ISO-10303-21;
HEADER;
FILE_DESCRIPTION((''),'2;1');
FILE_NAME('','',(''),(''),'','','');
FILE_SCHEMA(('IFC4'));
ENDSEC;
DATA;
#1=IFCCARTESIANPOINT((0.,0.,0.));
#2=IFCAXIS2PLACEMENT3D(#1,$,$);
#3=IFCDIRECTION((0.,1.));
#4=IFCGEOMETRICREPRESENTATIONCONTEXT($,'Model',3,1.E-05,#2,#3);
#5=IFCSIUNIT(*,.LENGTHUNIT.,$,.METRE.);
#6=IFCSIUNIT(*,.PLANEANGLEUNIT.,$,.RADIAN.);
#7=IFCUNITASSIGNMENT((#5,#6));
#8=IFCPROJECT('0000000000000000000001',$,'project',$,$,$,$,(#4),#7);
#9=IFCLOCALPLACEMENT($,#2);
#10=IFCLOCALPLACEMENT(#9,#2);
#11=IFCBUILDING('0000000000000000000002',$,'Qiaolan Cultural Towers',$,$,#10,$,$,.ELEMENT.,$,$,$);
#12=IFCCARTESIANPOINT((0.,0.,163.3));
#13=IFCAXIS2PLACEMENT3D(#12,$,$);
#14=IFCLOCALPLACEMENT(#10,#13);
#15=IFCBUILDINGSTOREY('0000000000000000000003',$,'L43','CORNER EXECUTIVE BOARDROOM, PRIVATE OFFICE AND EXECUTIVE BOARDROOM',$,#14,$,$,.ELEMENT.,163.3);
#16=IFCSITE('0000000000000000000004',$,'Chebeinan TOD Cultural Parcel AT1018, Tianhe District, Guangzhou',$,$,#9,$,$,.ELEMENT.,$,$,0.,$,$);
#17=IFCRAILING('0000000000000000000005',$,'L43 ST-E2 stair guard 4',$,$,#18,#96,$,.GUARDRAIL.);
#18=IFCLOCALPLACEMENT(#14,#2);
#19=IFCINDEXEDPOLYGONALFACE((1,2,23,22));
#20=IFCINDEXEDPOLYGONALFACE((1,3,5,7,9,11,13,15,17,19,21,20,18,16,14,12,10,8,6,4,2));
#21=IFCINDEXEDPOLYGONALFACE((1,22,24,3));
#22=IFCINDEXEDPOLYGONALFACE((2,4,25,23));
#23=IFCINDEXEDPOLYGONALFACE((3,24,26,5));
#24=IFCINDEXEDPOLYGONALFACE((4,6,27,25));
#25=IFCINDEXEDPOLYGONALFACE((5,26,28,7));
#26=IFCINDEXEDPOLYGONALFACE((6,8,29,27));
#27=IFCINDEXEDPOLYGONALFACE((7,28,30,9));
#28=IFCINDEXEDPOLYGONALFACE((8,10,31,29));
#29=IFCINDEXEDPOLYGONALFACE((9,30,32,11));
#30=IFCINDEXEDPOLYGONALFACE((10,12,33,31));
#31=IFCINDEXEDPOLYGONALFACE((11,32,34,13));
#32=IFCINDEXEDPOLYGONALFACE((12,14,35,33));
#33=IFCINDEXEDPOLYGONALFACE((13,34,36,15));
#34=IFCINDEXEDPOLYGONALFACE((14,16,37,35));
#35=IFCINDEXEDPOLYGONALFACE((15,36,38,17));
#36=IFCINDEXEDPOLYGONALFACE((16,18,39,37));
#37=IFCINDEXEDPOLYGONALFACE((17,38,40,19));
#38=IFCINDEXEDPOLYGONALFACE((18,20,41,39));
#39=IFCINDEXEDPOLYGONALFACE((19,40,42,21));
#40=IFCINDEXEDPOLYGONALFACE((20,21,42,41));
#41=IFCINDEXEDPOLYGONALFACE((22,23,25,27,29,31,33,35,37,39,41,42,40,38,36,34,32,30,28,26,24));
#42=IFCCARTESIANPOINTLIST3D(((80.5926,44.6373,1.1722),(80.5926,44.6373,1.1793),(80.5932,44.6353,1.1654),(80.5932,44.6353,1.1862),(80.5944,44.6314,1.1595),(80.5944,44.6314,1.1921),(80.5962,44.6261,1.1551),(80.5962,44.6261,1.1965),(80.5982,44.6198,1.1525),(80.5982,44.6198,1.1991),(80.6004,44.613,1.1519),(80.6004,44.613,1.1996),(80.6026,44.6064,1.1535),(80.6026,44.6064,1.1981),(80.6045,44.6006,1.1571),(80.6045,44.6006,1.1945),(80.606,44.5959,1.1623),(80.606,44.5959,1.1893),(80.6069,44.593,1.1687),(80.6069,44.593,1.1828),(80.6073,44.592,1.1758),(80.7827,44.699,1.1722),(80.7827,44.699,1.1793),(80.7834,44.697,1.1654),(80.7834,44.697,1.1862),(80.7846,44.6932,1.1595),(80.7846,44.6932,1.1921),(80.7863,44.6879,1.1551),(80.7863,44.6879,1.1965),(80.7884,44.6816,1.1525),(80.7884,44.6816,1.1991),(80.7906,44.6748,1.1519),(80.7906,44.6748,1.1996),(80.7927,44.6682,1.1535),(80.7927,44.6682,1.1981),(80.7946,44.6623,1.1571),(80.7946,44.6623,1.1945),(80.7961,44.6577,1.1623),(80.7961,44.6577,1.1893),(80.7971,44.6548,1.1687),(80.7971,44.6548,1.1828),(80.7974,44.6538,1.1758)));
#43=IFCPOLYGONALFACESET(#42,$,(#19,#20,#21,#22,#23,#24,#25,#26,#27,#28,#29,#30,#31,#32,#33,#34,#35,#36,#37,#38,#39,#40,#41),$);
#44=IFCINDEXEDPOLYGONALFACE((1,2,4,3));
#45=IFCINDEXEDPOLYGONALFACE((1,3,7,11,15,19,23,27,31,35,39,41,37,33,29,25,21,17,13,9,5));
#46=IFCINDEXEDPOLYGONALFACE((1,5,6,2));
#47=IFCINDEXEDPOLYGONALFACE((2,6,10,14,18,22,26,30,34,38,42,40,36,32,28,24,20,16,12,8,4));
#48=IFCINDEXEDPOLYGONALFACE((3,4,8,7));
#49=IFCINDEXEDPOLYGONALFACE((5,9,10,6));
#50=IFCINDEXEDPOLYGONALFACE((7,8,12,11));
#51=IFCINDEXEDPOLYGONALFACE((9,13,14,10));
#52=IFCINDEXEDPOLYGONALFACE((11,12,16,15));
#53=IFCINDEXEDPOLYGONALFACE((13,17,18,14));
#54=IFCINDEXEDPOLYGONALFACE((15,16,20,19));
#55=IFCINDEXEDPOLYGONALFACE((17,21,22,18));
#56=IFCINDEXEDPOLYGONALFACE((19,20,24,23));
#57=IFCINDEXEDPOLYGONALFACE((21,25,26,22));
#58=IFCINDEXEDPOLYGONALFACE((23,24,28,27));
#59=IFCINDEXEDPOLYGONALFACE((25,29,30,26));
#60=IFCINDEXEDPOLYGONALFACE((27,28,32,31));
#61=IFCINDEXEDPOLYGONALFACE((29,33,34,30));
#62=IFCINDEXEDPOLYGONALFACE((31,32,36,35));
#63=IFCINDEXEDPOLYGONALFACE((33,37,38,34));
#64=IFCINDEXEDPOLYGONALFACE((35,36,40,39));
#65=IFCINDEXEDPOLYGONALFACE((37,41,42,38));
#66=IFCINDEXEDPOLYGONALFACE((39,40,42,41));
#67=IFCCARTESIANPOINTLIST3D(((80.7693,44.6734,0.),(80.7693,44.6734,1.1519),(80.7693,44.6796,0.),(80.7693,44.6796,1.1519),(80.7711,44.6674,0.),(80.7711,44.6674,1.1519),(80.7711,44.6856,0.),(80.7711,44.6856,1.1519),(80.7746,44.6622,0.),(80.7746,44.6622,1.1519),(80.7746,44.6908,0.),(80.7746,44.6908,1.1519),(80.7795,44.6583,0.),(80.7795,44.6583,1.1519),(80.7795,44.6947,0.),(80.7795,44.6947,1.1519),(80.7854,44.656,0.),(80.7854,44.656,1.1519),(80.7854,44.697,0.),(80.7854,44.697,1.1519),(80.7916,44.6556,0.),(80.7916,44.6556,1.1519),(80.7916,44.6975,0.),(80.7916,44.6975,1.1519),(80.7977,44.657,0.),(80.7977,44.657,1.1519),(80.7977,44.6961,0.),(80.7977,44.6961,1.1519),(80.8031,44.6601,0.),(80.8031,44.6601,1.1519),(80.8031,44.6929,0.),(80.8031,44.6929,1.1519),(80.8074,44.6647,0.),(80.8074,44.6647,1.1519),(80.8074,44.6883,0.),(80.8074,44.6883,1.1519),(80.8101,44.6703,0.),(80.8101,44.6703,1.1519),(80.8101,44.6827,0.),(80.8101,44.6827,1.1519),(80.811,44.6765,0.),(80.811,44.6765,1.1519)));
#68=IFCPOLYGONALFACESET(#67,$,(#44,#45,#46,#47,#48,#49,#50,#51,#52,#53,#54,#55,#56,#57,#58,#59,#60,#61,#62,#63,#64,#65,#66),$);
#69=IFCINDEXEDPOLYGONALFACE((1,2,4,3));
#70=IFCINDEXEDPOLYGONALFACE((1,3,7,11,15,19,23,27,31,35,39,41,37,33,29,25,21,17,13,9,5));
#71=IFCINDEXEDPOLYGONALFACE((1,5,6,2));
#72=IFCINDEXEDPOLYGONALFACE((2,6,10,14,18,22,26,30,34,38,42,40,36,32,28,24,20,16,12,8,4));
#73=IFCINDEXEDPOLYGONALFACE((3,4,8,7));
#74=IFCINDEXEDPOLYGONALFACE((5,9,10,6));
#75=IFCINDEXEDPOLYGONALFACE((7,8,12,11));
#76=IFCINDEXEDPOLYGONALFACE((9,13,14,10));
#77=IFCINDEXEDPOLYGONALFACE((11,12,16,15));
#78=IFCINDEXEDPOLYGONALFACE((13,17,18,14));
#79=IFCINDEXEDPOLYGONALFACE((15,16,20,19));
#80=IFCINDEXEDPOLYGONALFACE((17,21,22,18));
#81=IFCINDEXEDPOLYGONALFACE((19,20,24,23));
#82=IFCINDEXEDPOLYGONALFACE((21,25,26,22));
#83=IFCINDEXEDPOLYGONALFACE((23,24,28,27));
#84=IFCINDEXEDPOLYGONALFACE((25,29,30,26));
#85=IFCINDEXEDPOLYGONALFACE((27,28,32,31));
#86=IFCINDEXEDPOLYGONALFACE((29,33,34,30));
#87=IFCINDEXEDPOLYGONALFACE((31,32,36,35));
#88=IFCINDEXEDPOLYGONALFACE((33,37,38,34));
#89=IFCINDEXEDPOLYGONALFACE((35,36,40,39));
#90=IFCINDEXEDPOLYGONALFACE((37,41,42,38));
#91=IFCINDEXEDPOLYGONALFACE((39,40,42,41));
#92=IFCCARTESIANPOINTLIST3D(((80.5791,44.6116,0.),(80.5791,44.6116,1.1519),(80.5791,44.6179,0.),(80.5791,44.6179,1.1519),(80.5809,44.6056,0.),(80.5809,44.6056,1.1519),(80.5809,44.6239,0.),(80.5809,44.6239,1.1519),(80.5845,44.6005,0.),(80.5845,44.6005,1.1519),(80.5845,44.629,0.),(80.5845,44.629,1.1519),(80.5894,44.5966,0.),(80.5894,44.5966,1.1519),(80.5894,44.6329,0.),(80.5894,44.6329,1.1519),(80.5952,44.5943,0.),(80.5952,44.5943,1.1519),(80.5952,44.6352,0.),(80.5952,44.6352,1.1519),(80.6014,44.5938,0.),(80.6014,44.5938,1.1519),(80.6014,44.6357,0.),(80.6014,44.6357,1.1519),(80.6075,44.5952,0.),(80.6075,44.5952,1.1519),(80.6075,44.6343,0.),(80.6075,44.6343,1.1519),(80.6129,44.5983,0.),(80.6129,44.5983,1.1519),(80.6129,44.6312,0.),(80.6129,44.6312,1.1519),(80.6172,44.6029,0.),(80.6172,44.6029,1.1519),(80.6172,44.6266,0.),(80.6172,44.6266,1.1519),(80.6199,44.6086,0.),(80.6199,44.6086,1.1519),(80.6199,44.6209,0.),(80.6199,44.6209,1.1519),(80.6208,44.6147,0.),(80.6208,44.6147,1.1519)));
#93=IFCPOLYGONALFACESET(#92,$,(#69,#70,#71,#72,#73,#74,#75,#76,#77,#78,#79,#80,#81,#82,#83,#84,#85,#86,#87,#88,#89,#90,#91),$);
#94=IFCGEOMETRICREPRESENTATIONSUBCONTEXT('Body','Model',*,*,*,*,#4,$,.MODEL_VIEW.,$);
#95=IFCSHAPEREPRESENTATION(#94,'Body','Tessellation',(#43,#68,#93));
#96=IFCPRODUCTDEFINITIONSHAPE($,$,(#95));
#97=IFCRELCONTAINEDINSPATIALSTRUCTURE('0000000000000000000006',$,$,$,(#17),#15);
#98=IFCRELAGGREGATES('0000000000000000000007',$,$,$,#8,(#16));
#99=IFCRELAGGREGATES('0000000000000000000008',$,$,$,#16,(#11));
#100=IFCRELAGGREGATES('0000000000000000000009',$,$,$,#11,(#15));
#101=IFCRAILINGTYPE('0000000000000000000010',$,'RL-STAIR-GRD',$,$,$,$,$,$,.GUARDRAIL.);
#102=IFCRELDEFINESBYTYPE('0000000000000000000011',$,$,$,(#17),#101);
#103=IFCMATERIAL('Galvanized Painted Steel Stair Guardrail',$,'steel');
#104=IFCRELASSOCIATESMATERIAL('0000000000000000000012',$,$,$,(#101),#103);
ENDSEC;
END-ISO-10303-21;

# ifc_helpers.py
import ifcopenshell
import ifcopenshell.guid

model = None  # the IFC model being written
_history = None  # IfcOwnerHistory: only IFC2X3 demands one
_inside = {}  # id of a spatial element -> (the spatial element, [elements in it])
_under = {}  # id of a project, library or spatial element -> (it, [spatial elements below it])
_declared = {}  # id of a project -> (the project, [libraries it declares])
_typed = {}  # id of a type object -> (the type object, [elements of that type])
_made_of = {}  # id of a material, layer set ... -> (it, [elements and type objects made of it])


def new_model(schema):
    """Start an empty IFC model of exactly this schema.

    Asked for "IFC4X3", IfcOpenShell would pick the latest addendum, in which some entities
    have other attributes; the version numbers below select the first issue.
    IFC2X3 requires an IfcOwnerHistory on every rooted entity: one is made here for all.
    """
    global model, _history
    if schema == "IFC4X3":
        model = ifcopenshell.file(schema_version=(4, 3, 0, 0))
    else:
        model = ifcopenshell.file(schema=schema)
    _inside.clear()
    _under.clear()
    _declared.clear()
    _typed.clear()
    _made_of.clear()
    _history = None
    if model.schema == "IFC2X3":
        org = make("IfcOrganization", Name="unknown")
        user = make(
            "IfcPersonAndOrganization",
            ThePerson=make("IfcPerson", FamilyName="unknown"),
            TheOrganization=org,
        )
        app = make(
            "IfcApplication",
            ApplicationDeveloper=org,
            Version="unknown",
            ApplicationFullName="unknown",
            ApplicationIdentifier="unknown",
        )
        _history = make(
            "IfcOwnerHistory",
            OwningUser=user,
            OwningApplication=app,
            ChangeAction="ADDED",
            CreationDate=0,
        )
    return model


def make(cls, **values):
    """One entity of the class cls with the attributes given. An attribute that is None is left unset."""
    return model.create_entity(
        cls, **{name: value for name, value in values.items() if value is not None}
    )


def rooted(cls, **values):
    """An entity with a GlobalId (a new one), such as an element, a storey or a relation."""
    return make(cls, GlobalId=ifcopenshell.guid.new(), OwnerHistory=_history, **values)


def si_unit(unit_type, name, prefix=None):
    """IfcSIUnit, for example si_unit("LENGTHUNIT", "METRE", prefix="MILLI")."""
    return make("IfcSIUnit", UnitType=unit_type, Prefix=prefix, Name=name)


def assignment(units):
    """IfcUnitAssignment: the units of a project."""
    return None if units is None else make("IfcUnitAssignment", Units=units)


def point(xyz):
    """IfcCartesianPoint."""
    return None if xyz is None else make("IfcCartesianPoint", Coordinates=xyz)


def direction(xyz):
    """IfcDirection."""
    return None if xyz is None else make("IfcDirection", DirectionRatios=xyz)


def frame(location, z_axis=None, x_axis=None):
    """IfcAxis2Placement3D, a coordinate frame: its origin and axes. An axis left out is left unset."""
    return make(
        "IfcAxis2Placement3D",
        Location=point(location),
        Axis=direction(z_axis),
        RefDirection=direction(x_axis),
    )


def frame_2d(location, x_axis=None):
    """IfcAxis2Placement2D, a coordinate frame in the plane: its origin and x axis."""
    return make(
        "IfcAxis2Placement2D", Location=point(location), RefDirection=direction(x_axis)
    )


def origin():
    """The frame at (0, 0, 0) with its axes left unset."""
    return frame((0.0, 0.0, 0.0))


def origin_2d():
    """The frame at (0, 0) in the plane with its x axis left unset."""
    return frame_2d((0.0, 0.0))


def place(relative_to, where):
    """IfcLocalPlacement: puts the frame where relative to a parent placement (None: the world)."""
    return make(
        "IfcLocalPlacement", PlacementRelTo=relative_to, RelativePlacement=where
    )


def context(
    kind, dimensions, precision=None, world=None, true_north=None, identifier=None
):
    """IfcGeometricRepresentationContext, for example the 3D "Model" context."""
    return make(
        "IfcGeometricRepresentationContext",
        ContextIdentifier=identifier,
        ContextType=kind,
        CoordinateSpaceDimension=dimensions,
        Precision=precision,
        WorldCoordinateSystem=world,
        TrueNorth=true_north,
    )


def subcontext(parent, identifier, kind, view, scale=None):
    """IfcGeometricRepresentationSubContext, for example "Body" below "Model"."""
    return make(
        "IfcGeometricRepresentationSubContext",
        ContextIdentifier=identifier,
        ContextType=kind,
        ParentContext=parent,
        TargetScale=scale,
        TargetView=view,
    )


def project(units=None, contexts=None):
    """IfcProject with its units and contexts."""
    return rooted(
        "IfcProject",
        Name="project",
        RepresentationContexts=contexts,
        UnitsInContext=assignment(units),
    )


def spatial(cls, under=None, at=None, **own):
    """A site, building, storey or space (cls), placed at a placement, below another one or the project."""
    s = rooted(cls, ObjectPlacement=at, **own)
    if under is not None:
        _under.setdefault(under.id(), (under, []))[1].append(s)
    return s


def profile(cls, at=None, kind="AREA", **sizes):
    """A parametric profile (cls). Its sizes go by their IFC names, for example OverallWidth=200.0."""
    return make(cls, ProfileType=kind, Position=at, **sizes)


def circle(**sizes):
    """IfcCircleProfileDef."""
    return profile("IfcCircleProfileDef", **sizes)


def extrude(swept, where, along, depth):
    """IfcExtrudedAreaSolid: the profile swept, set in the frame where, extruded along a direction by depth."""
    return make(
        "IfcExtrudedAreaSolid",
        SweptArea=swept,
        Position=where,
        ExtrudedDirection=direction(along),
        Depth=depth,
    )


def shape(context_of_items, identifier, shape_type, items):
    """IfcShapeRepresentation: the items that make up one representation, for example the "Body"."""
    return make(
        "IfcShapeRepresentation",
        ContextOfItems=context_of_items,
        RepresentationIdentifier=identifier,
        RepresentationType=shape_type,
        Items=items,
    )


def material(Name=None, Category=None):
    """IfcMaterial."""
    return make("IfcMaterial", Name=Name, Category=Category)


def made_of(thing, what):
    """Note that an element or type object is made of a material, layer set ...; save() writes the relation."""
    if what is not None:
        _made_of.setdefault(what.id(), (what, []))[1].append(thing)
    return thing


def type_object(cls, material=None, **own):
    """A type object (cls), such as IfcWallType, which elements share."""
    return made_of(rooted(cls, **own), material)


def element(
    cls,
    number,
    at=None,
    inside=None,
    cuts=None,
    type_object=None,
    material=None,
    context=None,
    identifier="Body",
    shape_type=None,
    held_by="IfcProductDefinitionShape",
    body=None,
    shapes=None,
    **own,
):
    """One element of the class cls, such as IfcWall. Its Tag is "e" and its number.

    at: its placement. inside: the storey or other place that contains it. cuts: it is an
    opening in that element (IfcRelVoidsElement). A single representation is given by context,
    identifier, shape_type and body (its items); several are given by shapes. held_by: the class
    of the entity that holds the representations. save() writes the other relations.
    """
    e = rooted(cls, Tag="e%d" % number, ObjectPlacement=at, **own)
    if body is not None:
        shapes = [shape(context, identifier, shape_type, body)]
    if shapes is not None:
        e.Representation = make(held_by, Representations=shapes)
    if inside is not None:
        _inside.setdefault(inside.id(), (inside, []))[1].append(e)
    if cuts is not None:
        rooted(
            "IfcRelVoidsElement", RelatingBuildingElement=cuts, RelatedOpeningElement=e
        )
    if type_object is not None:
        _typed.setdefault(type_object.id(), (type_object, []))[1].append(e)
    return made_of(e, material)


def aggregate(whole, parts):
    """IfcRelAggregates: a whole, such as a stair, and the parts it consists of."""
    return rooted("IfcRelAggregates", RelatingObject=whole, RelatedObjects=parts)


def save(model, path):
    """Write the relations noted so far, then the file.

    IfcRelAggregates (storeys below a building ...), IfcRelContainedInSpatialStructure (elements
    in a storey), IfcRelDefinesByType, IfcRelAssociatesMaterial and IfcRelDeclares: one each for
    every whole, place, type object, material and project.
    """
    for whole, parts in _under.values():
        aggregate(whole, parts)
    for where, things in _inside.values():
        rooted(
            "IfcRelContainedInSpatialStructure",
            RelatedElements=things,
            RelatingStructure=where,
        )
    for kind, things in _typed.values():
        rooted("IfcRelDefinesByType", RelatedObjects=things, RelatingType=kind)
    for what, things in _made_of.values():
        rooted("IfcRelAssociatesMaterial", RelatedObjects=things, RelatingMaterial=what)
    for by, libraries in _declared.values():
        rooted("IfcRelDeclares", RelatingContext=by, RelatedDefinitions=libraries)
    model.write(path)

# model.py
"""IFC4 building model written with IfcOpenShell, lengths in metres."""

from ifc_helpers import new_model, si_unit, direction, frame, origin, origin_2d, place, context, subcontext, project, spatial, circle, extrude, material, type_object, element, save


model = new_model("IFC4")

# Units and contexts
model_context = context("Model", 3, precision=1e-05, world=origin(), true_north=direction((0.0, 1.0)))
body_context = subcontext(model_context, "Body", "Model", "MODEL_VIEW")
ifc_project = project(units=[si_unit("LENGTHUNIT", "METRE"), si_unit("PLANEANGLEUNIT", "RADIAN")], contexts=[model_context])

# Site, building, storey
site_placement = place(None, origin())
site = spatial("IfcSite", under=ifc_project, at=site_placement, Name="Chebeinan TOD Cultural Parcel AT1018, Tianhe District, Guangzhou", CompositionType="ELEMENT", RefElevation=0.0)
building_placement = place(site_placement, origin())
building = spatial("IfcBuilding", under=site, at=building_placement, Name="Qiaolan Cultural Towers", CompositionType="ELEMENT")
storey_placement = place(building_placement, frame((0.0, 0.0, 163.3)))
storey = spatial("IfcBuildingStorey", under=building, at=storey_placement, Name="L43", Description="CORNER EXECUTIVE BOARDROOM, PRIVATE OFFICE AND EXECUTIVE BOARDROOM", CompositionType="ELEMENT", Elevation=163.3)

# Railing
ifc_material_1 = material(Name="Galvanized Painted Steel Stair Guardrail", Category="steel")
railing_type_1 = type_object("IfcRailingType", Name="RL-STAIR-GRD", PredefinedType="GUARDRAIL", material=ifc_material_1)
railing_1_placement = place(storey_placement, frame((80.79, 44.6765, 0.0)))
element("IfcRailing", 1, at=railing_1_placement, inside=storey, type_object=railing_type_1, Name="L43 ST-E2 stair guard 4", PredefinedType="GUARDRAIL", context=body_context, shape_type="SweptSolid", body=[
    extrude(circle(Radius=0.0239, at=origin_2d()), frame((0.0, 0.0, 1.1758), z_axis=(-0.951097, -0.308893, 0.0), x_axis=(0.308893, -0.951097, 0.0)), (0.0, 0.0, 1.0), 0.2),
    extrude(circle(Radius=0.021, at=origin_2d()), origin(), (0.0, 0.0, 1.0), 1.1519),
    extrude(circle(Radius=0.021, at=origin_2d()), frame((-0.1902, -0.0618, 0.0)), (0.0, 0.0, 1.0), 1.1519),
])

save(model, "model.ifc")
